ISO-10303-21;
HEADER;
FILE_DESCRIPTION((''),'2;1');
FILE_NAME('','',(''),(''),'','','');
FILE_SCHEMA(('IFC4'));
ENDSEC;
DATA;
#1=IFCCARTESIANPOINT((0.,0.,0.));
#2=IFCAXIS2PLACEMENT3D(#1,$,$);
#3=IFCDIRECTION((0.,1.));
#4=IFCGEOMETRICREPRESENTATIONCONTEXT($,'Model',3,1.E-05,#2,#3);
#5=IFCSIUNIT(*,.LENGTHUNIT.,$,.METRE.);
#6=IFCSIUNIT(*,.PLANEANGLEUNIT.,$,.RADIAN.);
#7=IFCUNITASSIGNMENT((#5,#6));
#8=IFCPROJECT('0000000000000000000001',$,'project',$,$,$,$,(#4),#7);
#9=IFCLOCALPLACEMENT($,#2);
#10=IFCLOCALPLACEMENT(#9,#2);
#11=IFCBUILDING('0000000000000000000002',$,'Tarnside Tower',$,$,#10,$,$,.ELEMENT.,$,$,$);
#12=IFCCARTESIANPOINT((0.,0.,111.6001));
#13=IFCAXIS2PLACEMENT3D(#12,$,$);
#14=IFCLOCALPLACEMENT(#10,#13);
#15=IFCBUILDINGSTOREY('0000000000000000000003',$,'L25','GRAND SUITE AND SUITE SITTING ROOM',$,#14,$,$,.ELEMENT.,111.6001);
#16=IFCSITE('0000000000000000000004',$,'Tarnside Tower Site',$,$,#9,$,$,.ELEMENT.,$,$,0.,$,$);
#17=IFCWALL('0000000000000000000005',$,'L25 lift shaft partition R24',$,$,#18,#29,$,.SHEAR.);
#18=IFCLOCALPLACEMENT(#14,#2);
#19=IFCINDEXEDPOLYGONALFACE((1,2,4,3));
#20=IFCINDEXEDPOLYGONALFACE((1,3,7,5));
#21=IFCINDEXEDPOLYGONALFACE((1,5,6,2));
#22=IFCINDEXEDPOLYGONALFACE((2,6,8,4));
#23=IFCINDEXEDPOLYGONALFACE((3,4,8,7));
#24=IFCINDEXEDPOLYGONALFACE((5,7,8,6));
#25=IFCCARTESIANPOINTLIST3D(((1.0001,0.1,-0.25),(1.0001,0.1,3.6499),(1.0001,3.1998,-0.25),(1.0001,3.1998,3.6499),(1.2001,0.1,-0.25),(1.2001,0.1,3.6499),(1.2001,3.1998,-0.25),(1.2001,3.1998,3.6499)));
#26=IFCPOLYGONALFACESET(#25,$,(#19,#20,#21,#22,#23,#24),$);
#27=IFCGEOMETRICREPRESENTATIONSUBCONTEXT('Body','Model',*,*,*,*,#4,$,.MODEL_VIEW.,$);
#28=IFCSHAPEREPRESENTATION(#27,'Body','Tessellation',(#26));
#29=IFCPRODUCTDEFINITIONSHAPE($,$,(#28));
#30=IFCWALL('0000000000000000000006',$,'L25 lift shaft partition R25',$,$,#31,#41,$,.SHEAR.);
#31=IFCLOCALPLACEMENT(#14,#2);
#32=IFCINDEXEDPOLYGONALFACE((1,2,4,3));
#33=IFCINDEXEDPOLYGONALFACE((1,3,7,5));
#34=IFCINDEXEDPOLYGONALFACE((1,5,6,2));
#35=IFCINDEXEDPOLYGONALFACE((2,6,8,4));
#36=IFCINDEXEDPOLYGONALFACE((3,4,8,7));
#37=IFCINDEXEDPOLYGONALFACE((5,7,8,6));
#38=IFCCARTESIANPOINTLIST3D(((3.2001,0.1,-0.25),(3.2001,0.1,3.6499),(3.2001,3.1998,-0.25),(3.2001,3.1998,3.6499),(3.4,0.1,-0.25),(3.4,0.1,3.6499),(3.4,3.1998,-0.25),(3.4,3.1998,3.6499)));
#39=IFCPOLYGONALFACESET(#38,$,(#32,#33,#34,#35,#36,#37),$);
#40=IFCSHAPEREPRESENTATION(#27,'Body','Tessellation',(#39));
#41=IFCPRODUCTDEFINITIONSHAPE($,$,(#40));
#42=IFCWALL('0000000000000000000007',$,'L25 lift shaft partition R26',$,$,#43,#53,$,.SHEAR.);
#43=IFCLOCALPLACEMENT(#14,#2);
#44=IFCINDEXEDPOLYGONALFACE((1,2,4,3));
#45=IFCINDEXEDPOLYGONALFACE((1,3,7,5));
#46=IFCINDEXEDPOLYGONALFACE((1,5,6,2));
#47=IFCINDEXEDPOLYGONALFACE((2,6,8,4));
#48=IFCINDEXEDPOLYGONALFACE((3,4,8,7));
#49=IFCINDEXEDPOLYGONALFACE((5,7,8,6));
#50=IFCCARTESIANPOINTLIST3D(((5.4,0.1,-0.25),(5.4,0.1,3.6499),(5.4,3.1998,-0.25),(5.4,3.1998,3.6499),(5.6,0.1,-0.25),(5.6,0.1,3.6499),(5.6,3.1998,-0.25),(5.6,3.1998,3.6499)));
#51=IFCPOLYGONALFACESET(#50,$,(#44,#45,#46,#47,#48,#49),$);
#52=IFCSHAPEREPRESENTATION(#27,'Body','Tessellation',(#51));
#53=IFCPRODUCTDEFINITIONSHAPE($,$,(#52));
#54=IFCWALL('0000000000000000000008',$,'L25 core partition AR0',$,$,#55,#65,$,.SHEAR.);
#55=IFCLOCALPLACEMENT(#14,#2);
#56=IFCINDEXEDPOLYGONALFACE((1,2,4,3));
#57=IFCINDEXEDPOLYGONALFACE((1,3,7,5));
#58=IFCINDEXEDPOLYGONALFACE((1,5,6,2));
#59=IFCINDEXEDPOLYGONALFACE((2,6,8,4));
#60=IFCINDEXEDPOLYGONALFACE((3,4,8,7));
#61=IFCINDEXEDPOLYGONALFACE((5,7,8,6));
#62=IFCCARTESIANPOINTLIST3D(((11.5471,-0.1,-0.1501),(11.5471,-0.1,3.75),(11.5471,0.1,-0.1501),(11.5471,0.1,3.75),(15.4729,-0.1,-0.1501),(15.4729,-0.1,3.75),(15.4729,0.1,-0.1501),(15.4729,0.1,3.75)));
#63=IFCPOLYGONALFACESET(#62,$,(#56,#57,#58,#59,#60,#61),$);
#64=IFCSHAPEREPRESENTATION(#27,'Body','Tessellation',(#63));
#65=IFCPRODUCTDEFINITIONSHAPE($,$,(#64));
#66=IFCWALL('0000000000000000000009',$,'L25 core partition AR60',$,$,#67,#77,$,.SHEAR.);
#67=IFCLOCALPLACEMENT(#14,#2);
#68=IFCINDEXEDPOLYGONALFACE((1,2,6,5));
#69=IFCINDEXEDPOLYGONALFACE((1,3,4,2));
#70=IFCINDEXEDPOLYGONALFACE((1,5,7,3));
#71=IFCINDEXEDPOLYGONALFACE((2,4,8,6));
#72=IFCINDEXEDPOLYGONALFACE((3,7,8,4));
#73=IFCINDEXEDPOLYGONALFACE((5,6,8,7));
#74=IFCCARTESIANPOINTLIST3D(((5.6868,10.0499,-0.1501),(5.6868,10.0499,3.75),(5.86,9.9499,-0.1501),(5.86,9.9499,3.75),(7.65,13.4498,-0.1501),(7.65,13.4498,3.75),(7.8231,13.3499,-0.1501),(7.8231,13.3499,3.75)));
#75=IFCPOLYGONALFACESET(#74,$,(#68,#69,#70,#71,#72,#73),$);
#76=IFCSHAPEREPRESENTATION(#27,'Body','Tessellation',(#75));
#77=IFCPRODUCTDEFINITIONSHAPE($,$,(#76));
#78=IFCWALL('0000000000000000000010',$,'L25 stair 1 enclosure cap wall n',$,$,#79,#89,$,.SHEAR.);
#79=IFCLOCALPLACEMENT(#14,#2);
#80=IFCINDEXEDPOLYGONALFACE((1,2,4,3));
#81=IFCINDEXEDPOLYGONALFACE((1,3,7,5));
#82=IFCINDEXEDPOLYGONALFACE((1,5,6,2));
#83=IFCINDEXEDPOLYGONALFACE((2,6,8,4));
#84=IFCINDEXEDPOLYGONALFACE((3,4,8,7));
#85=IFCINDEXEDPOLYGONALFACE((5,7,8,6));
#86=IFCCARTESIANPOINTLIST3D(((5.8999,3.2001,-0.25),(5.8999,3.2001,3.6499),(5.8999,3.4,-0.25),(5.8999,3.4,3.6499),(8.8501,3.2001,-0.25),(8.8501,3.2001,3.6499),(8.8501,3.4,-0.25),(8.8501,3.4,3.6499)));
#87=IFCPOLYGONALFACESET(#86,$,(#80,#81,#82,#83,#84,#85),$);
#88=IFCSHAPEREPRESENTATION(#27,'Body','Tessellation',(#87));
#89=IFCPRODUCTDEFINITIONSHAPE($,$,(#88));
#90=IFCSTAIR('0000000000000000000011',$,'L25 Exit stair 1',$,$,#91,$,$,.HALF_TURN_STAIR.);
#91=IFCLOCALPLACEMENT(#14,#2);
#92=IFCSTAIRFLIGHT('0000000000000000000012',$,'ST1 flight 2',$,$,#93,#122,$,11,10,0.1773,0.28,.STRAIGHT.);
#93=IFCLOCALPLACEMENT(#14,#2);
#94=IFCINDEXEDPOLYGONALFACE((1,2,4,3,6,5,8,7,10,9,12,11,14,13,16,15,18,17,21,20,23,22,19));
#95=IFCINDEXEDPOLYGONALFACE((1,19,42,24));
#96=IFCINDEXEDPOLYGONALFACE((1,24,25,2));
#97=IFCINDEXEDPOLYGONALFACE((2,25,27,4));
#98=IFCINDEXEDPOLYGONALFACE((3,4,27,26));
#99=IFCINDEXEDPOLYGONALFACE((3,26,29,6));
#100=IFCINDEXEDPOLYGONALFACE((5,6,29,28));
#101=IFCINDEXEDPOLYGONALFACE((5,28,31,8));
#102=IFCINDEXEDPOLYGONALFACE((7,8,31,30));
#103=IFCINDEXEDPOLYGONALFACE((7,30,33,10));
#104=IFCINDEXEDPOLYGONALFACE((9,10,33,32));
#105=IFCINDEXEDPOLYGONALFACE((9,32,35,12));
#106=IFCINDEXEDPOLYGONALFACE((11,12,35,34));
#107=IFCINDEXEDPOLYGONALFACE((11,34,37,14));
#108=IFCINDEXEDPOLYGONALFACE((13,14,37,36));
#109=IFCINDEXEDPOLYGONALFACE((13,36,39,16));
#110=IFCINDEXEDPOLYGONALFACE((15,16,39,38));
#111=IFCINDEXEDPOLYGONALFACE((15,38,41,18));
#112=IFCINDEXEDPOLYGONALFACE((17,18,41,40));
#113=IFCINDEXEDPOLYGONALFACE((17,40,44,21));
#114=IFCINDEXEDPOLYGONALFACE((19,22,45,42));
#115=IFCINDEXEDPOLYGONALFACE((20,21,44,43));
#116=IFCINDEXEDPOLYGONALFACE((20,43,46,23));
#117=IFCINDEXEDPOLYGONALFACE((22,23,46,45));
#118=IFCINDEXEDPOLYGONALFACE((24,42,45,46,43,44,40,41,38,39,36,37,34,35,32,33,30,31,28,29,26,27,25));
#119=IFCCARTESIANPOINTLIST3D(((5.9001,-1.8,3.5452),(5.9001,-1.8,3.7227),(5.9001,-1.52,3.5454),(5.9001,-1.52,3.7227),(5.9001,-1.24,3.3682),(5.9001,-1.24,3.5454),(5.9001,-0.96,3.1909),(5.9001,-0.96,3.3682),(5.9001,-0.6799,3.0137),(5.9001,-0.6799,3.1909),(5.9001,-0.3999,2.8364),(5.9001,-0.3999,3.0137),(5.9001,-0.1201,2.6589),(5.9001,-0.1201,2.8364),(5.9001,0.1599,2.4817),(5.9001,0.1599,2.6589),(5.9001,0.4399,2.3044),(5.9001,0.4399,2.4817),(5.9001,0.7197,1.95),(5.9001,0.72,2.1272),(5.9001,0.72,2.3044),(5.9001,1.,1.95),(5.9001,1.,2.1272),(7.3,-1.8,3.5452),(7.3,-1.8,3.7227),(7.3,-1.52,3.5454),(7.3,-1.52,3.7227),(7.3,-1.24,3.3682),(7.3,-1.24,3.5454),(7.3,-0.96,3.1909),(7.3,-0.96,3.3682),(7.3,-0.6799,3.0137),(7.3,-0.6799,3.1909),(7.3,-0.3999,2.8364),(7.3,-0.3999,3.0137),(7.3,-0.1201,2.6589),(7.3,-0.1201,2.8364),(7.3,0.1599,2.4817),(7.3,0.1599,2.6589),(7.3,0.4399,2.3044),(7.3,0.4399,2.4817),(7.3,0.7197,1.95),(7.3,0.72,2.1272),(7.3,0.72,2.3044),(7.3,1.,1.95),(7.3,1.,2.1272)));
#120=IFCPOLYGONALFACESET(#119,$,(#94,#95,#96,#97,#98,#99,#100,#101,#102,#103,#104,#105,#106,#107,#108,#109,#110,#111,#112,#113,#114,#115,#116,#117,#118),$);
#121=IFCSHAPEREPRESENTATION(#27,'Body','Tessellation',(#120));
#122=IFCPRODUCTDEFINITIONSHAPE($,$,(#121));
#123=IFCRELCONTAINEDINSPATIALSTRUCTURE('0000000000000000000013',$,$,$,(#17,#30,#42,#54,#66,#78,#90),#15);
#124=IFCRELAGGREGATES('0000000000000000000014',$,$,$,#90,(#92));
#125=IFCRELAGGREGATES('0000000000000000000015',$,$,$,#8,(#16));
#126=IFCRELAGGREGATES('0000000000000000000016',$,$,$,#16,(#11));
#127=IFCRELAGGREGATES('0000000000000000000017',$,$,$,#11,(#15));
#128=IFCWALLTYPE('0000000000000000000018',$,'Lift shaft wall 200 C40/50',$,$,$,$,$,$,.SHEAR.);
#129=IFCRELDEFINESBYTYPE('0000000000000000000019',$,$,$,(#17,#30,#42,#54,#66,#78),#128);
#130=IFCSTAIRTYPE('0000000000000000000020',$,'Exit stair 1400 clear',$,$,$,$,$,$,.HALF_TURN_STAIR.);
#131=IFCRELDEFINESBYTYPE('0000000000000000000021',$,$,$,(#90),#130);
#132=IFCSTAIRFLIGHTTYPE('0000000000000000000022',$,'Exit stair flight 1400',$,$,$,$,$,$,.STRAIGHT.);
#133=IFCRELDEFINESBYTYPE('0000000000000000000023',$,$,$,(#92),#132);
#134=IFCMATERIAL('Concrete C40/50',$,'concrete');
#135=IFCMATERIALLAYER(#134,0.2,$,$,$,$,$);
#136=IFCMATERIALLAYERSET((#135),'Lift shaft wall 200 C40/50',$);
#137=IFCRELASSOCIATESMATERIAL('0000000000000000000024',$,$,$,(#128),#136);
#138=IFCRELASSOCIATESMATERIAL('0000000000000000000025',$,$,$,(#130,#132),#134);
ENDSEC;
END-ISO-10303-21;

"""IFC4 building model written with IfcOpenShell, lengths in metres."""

from ifc_helpers import new_model, si_unit, direction, frame, frame_2d, origin, place, context, subcontext, project, spatial, polyline, rectangle, outline, extrude, material, layer, layer_set, type_object, element, aggregate, save


model = new_model("IFC4")

# Units and contexts
model_context = context("Model", 3, precision=1e-05, world=origin(), true_north=direction((0.0, 1.0)))
body_context = subcontext(model_context, "Body", "Model", "MODEL_VIEW")
ifc_project = project(units=[si_unit("LENGTHUNIT", "METRE"), si_unit("PLANEANGLEUNIT", "RADIAN")], contexts=[model_context])

# Site, building, storey
site_placement = place(None, origin())
site = spatial("IfcSite", under=ifc_project, at=site_placement, Name="Tarnside Tower Site", CompositionType="ELEMENT", RefElevation=0.0)
building_placement = place(site_placement, origin())
building = spatial("IfcBuilding", under=site, at=building_placement, Name="Tarnside Tower", CompositionType="ELEMENT")
storey_placement = place(building_placement, frame((0.0, 0.0, 111.6001)))
storey = spatial("IfcBuildingStorey", under=building, at=storey_placement, Name="L25", Description="GRAND SUITE AND SUITE SITTING ROOM", CompositionType="ELEMENT", Elevation=111.6001)

# Shared definitions
ifc_material_1 = material(Name="Concrete C40/50", Category="concrete")

# Walls
ifc_layer_1 = layer(ifc_material_1, 0.2)
ifc_layer_set_1 = layer_set([ifc_layer_1], Name="Lift shaft wall 200 C40/50")
wall_type_1 = type_object("IfcWallType", Name="Lift shaft wall 200 C40/50", PredefinedType="SHEAR", material=ifc_layer_set_1)
for number, where, z_axis, x_axis, name in (
    (1, (1.1001, 0.1001, -0.25), (0.0, 0.0, 1.0), (0.0, 1.0, 0.0), "L25 lift shaft partition R24"),
    (2, (3.3, 0.1001, -0.25), (0.0, 0.0, 1.0), (0.0, 1.0, 0.0), "L25 lift shaft partition R25"),
    (3, (5.5, 0.1001, -0.25), (0.0, 0.0, 1.0), (0.0, 1.0, 0.0), "L25 lift shaft partition R26"),
):
    element("IfcWall", number, at=place(storey_placement, frame(where, z_axis=z_axis, x_axis=x_axis)), inside=storey, type_object=wall_type_1, Name=name, PredefinedType="SHEAR", context=body_context, shape_type="SweptSolid", body=[
        extrude(rectangle(XDim=3.0999, YDim=0.2, at=frame_2d((1.5498, 0.0))), origin(), (0.0, 0.0, 1.0), 3.8999),
    ])
wall_1_placement = place(storey_placement, frame((11.5471, 0.0, -0.1501), z_axis=(0.0, 0.0, 1.0), x_axis=(1.0, 0.0, 0.0)))
element("IfcWall", 4, at=wall_1_placement, inside=storey, type_object=wall_type_1, Name="L25 core partition AR0", PredefinedType="SHEAR", context=body_context, shape_type="SweptSolid", body=[
    extrude(rectangle(XDim=3.9258, YDim=0.2, at=frame_2d((1.9629, 0.0))), origin(), (0.0, 0.0, 1.0), 3.9001),
])
wall_2_placement = place(storey_placement, frame((5.7734, 10.0, -0.1501), z_axis=(0.0, 0.0, 1.0), x_axis=(0.500038, 0.866003, 0.0)))
element("IfcWall", 5, at=wall_2_placement, inside=storey, type_object=wall_type_1, Name="L25 core partition AR60", PredefinedType="SHEAR", context=body_context, shape_type="SweptSolid", body=[
    extrude(rectangle(XDim=3.926, YDim=0.2, at=frame_2d((1.9629, 0.0))), origin(), (0.0, 0.0, 1.0), 3.9001),
])
wall_3_placement = place(storey_placement, frame((5.8999, 3.3, -0.25), z_axis=(0.0, 0.0, 1.0), x_axis=(1.0, 0.0, 0.0)))
element("IfcWall", 6, at=wall_3_placement, inside=storey, type_object=wall_type_1, Name="L25 stair 1 enclosure cap wall n", PredefinedType="SHEAR", context=body_context, shape_type="SweptSolid", body=[
    extrude(rectangle(XDim=2.9502, YDim=0.2, at=frame_2d((1.4751, 0.0))), origin(), (0.0, 0.0, 1.0), 3.8999),
])

# Stair, stair flight
stair_type = type_object("IfcStairType", Name="Exit stair 1400 clear", PredefinedType="HALF_TURN_STAIR", material=ifc_material_1)
stair_placement = place(storey_placement, origin())
stair = element("IfcStair", 7, at=stair_placement, inside=storey, type_object=stair_type, Name="L25 Exit stair 1", PredefinedType="HALF_TURN_STAIR")
stair_flight_type = type_object("IfcStairFlightType", Name="Exit stair flight 1400", PredefinedType="STRAIGHT", material=ifc_material_1)
stair_flight_placement = place(storey_placement, frame((6.6001, 1.0, 1.95), z_axis=(0.0, 0.0, 1.0), x_axis=(0.0, -1.0, 0.0)))
stair_flight = element("IfcStairFlight", 8, at=stair_flight_placement, type_object=stair_flight_type, Name="ST1 flight 2", NumberOfRisers=11, NumberOfTreads=10, PredefinedType="STRAIGHT", RiserHeight=0.1773, TreadLength=0.28, context=body_context, shape_type="SweptSolid", body=[
    extrude(outline(polyline([(0.0, 0.0), (0.0, 0.1772), (0.28, 0.1772), (0.28, 0.3545), (0.5601, 0.3545), (0.5601, 0.5317), (0.8401, 0.5317), (0.8401, 0.709), (1.1201, 0.709), (1.1201, 0.8865), (1.3999, 0.8865), (1.3999, 1.0637), (1.6799, 1.0637), (1.6799, 1.241), (1.96, 1.241), (1.96, 1.4182), (2.24, 1.4182), (2.24, 1.5955), (2.52, 1.5955), (2.52, 1.7727), (2.8, 1.7727), (2.8, 1.95), (2.8, 1.5952), (0.2803, 0.0), (0.0, 0.0)])), frame((0.0, 0.7, 0.0), z_axis=(0.0, -1.0, 0.0), x_axis=(1.0, 0.0, 0.0)), (0.0, 0.0, 1.0), 1.3999),
])
aggregate(stair, [stair_flight])

save(model, "model.ifc")
